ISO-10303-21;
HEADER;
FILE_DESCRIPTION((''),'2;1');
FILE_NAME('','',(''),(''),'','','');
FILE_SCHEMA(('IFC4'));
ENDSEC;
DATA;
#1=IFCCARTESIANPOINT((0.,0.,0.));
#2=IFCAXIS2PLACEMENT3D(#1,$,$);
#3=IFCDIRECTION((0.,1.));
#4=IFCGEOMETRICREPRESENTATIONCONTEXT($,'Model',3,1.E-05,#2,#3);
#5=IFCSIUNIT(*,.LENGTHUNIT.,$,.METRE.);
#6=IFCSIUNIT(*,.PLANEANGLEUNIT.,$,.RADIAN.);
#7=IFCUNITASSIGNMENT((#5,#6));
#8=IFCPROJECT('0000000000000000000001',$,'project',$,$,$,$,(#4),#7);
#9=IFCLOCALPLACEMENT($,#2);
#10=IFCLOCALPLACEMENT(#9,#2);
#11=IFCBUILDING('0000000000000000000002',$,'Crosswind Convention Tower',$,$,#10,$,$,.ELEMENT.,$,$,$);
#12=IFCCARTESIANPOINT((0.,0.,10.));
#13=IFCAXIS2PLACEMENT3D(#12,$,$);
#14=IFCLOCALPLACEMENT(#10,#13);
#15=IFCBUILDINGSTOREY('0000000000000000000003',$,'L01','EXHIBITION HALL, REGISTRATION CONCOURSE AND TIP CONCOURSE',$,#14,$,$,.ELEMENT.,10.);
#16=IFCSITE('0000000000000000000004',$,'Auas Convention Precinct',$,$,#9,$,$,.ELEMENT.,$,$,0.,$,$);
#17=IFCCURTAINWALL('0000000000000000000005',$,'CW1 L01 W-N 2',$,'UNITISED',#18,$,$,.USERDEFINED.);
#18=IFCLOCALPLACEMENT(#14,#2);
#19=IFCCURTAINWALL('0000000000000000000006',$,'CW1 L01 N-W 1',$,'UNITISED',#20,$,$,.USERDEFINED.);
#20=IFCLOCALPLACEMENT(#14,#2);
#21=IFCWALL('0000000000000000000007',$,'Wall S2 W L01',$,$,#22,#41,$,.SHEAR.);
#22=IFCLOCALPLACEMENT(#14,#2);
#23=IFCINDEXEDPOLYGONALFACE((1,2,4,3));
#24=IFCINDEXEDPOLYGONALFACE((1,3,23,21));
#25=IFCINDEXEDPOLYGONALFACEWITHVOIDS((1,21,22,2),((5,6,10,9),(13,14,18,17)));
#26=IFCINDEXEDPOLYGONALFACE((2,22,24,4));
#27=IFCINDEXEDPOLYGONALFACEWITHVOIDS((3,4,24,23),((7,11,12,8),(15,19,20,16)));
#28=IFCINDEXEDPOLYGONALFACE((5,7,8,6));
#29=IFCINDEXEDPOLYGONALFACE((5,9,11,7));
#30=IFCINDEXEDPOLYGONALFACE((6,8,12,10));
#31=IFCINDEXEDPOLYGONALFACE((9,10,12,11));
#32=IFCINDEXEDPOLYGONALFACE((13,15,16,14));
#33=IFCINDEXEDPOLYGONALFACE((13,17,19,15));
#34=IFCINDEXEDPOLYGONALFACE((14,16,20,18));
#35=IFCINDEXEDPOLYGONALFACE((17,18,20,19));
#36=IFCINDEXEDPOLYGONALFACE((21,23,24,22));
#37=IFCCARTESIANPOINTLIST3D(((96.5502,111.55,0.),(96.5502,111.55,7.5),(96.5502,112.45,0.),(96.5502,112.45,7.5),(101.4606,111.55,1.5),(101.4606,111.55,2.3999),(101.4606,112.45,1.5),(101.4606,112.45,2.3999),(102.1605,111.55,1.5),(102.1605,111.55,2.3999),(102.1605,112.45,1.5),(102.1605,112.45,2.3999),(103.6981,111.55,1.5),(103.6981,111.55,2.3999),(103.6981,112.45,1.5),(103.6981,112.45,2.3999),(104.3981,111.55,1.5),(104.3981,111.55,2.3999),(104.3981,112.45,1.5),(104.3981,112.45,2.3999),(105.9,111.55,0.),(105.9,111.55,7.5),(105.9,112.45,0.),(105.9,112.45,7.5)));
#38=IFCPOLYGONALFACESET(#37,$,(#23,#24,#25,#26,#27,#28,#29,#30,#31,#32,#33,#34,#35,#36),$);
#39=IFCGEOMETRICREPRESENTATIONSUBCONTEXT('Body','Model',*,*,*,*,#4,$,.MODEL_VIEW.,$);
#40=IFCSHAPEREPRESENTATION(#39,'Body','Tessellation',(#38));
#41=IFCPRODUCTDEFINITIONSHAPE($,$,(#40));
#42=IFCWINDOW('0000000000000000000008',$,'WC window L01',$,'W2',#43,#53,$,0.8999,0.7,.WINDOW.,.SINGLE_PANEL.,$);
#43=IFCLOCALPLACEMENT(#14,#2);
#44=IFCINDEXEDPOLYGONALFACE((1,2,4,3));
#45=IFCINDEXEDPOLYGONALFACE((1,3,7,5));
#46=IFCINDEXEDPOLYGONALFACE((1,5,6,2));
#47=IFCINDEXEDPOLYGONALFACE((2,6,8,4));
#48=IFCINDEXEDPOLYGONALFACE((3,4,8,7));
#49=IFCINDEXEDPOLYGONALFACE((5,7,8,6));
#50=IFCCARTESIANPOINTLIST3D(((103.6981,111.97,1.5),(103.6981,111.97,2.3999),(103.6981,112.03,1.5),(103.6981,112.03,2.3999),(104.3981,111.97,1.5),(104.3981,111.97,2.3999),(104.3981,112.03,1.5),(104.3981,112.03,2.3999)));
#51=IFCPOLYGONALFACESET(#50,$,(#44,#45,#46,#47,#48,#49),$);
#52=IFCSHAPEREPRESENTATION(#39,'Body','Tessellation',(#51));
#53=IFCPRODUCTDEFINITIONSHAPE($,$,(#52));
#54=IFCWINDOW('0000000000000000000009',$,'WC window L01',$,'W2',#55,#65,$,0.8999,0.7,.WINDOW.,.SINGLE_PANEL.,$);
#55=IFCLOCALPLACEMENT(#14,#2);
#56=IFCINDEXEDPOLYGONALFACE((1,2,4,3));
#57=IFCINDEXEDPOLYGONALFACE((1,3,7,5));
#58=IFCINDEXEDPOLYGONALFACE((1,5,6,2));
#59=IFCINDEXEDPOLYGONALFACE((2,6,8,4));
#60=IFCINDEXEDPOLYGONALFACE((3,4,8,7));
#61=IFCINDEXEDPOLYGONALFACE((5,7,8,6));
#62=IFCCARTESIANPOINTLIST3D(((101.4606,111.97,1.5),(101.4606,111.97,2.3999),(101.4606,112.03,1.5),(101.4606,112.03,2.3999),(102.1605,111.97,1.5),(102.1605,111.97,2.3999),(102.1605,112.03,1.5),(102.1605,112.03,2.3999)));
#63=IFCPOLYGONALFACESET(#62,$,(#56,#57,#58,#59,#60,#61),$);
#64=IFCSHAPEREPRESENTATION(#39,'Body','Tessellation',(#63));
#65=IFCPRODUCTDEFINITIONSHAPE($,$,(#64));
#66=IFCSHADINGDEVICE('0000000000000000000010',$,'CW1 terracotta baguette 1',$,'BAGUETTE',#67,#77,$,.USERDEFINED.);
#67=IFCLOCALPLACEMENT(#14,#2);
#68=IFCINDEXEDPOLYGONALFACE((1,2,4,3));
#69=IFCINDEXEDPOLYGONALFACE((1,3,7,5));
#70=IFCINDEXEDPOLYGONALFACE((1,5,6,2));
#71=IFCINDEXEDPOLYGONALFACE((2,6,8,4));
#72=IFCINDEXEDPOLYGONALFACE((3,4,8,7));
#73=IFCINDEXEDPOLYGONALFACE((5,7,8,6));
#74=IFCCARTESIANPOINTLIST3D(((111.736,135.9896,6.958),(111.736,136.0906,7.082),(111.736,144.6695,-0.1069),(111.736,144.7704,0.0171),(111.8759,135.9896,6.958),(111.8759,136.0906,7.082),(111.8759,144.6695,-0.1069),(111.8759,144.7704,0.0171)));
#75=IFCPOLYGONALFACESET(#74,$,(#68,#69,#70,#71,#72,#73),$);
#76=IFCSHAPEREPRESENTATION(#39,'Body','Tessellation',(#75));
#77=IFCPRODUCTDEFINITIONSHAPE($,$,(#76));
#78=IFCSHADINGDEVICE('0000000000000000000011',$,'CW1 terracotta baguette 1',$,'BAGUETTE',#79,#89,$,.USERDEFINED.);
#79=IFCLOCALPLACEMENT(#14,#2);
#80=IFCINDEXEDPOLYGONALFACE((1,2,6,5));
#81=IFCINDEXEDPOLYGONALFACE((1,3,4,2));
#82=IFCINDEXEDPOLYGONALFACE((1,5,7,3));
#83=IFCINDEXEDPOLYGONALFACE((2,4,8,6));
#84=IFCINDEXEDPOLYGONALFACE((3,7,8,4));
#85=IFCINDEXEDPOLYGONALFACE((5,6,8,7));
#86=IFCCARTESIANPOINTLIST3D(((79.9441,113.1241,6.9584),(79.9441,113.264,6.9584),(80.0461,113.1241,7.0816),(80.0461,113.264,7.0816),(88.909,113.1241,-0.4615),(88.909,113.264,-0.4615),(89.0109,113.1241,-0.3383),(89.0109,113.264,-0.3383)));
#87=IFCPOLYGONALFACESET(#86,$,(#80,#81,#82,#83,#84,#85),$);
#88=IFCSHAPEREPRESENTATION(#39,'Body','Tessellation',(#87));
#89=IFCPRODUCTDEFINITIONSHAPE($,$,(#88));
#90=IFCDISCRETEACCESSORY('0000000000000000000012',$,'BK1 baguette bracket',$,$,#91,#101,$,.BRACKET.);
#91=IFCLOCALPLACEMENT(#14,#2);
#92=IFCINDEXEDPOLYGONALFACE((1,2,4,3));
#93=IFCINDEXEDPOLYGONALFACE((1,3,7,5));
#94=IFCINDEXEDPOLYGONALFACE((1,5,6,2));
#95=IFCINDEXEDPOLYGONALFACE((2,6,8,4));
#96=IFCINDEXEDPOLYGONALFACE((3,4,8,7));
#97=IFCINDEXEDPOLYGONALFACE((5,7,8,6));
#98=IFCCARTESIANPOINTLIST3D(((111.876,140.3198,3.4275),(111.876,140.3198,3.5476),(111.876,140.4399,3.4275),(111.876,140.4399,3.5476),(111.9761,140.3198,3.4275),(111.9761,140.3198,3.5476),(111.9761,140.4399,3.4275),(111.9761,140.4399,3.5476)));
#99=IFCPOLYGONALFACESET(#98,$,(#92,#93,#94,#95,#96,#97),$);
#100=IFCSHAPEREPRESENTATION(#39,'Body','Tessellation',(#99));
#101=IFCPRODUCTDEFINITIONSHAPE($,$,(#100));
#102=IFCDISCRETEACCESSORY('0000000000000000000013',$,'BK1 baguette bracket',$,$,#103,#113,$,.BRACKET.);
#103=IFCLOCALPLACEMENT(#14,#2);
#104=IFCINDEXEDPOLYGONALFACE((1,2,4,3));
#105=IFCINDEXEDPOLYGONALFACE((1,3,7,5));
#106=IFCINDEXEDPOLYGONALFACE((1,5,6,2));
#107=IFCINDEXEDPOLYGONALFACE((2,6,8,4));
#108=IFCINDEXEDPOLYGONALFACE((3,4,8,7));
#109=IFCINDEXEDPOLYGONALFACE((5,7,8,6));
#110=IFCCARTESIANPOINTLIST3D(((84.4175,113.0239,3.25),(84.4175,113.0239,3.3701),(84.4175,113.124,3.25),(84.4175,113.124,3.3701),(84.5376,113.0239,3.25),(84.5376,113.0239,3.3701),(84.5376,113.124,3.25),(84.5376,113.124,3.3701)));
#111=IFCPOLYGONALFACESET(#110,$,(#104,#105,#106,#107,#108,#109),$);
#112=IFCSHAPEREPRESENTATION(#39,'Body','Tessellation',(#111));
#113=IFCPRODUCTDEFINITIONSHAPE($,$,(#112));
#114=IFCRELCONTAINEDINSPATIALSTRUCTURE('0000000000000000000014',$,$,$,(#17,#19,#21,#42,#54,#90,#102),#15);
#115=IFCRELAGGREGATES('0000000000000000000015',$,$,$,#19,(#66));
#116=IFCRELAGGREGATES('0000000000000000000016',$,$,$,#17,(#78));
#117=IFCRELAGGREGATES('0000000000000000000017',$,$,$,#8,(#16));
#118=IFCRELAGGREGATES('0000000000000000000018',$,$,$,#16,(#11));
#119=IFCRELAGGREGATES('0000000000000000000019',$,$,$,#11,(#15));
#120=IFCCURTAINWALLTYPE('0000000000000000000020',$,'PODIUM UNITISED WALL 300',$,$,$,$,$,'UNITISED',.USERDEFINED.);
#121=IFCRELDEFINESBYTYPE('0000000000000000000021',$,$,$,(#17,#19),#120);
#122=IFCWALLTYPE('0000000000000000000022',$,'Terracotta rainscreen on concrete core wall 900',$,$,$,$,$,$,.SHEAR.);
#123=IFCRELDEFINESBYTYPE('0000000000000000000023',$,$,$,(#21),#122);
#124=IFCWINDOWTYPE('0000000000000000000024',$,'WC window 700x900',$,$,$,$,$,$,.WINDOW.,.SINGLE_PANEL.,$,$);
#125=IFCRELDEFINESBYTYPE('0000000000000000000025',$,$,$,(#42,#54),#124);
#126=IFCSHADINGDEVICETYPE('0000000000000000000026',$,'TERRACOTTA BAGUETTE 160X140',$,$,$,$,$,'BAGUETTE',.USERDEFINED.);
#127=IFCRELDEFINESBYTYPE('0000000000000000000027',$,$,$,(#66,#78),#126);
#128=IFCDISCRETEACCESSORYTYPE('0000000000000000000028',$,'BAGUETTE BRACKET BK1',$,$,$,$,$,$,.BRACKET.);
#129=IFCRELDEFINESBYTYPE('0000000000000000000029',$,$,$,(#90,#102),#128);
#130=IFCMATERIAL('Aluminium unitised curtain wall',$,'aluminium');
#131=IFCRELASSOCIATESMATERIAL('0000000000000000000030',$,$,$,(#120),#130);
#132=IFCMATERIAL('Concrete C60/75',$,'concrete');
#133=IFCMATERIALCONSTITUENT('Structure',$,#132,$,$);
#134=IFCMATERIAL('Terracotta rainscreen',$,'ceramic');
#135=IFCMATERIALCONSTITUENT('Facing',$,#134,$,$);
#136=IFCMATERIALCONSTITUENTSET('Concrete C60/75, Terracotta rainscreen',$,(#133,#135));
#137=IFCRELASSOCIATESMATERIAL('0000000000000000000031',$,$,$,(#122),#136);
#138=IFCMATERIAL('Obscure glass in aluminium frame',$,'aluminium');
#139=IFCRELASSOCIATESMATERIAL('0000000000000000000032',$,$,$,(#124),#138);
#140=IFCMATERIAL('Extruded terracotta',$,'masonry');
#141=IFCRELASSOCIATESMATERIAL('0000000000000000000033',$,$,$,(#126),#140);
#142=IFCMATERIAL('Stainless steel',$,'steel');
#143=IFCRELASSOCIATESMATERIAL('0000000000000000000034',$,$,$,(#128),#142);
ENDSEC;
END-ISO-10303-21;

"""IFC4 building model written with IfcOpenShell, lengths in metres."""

from ifc_helpers import new_model, si_unit, direction, frame, frame_2d, origin, origin_2d, place, context, subcontext, project, spatial, rectangle, extrude, material, constituent, constituent_set, material_profile, profile_set, type_object, element, fill, aggregate, save


model = new_model("IFC4")

# Units and contexts
model_context = context("Model", 3, precision=1e-05, world=origin(), true_north=direction((0.0, 1.0)))
body_context = subcontext(model_context, "Body", "Model", "MODEL_VIEW")
ifc_project = project(units=[si_unit("LENGTHUNIT", "METRE"), si_unit("PLANEANGLEUNIT", "RADIAN")], contexts=[model_context])

# Site, building, storey
site_placement = place(None, origin())
site = spatial("IfcSite", under=ifc_project, at=site_placement, Name="Auas Convention Precinct", CompositionType="ELEMENT", RefElevation=0.0)
building_placement = place(site_placement, origin())
building = spatial("IfcBuilding", under=site, at=building_placement, Name="Crosswind Convention Tower", CompositionType="ELEMENT")
storey_placement = place(building_placement, frame((0.0, 0.0, 10.0)))
storey = spatial("IfcBuildingStorey", under=building, at=storey_placement, Name="L01", Description="EXHIBITION HALL, REGISTRATION CONCOURSE AND TIP CONCOURSE", CompositionType="ELEMENT", Elevation=10.0)

# Curtain wall
ifc_material_1 = material(Name="Aluminium unitised curtain wall", Category="aluminium")
curtain_wall_type_1 = type_object("IfcCurtainWallType", Name="PODIUM UNITISED WALL 300", ElementType="UNITISED", PredefinedType="USERDEFINED", material=ifc_material_1)
curtain_wall_1_placement = place(storey_placement, origin())
curtain_wall_1 = element("IfcCurtainWall", 1, at=curtain_wall_1_placement, inside=storey, type_object=curtain_wall_type_1, Name="CW1 L01 W-N 2", ObjectType="UNITISED", PredefinedType="USERDEFINED")

# Curtain wall
curtain_wall_2_placement = place(storey_placement, origin())
curtain_wall_2 = element("IfcCurtainWall", 2, at=curtain_wall_2_placement, inside=storey, type_object=curtain_wall_type_1, Name="CW1 L01 N-W 1", ObjectType="UNITISED", PredefinedType="USERDEFINED")

# Shared definitions
ifc_material_2 = material(Name="Terracotta rainscreen", Category="ceramic")

# Wall, openings, windows
ifc_material_3 = material(Name="Concrete C60/75", Category="concrete")
ifc_constituent_1 = constituent(ifc_material_3, Name="Structure")
ifc_constituent_2 = constituent(ifc_material_2, Name="Facing")
ifc_constituent_set = constituent_set(constituents=[ifc_constituent_1, ifc_constituent_2], Name="Concrete C60/75, Terracotta rainscreen")
wall_type_1 = type_object("IfcWallType", Name="Terracotta rainscreen on concrete core wall 900", PredefinedType="SHEAR", material=ifc_constituent_set)
wall_1_placement = place(storey_placement, frame((105.8999, 112.0, 0.0), z_axis=(0.0, 0.0, 1.0), x_axis=(-1.0, 0.0, 0.0)))
wall_1 = element("IfcWall", 3, at=wall_1_placement, inside=storey, type_object=wall_type_1, Name="Wall S2 W L01", PredefinedType="SHEAR", context=body_context, shape_type="SweptSolid", body=[
    extrude(rectangle(XDim=9.3499, YDim=0.8999, at=frame_2d((4.6748, 0.0))), origin(), (0.0, 0.0, 1.0), 7.5),
])
opening_1_placement = place(wall_1_placement, frame((1.5017, 0.0, 1.5)))
opening_1 = element("IfcOpeningElement", 4, at=opening_1_placement, cuts=wall_1, PredefinedType="OPENING", context=body_context, shape_type="SweptSolid", body=[
    extrude(rectangle(XDim=0.7, YDim=0.8999, at=frame_2d((0.3501, 0.45))), frame((0.0, 0.46, 0.0), z_axis=(0.0, -1.0, 0.0), x_axis=(1.0, 0.0, 0.0)), (0.0, 0.0, 1.0), 0.9199),
])
opening_2_placement = place(wall_1_placement, frame((3.7393, 0.0, 1.5)))
opening_2 = element("IfcOpeningElement", 5, at=opening_2_placement, cuts=wall_1, PredefinedType="OPENING", context=body_context, shape_type="SweptSolid", body=[
    extrude(rectangle(XDim=0.7, YDim=0.8999, at=frame_2d((0.3501, 0.45))), frame((0.0, 0.46, 0.0), z_axis=(0.0, -1.0, 0.0), x_axis=(1.0, 0.0, 0.0)), (0.0, 0.0, 1.0), 0.9199),
])
ifc_material_4 = material(Name="Obscure glass in aluminium frame", Category="aluminium")
window_type = type_object("IfcWindowType", Name="WC window 700x900", PartitioningType="SINGLE_PANEL", PredefinedType="WINDOW", material=ifc_material_4)
window_1_placement = place(opening_1_placement, origin())
window_1 = element("IfcWindow", 6, at=window_1_placement, inside=storey, type_object=window_type, Name="WC window L01", ObjectType="W2", OverallHeight=0.8999, OverallWidth=0.7, PartitioningType="SINGLE_PANEL", PredefinedType="WINDOW", context=body_context, shape_type="SweptSolid", body=[
    extrude(rectangle(XDim=0.7, YDim=0.8999, at=frame_2d((0.3501, 0.45))), frame((0.0, 0.03, 0.0), z_axis=(0.0, -1.0, 0.0), x_axis=(1.0, 0.0, 0.0)), (0.0, 0.0, 1.0), 0.0601),
])
fill(opening_1, window_1)
window_2_placement = place(opening_2_placement, origin())
window_2 = element("IfcWindow", 7, at=window_2_placement, inside=storey, type_object=window_type, Name="WC window L01", ObjectType="W2", OverallHeight=0.8999, OverallWidth=0.7, PartitioningType="SINGLE_PANEL", PredefinedType="WINDOW", context=body_context, shape_type="SweptSolid", body=[
    extrude(rectangle(XDim=0.7, YDim=0.8999, at=frame_2d((0.3501, 0.45))), frame((0.0, 0.03, 0.0), z_axis=(0.0, -1.0, 0.0), x_axis=(1.0, 0.0, 0.0)), (0.0, 0.0, 1.0), 0.0601),
])
fill(opening_2, window_2)

# Shading devices
ifc_material_5 = material(Name="Extruded terracotta", Category="masonry")
ifc_material_profile_1 = material_profile(ifc_material_5, rectangle(XDim=0.1399, YDim=0.1599, at=origin_2d()), Name="TC 140X160")
ifc_profile_set_1 = profile_set([ifc_material_profile_1], Name="Extruded terracotta")
shading_device_type = type_object("IfcShadingDeviceType", Name="TERRACOTTA BAGUETTE 160X140", ElementType="BAGUETTE", PredefinedType="USERDEFINED", material=ifc_profile_set_1)
shading_device_1_placement = place(storey_placement, frame((111.8059, 144.72, -0.0449), z_axis=(0.0, -0.775567, 0.631265), x_axis=(1.0, 0.0, 0.0)))
shading_device_1 = element("IfcShadingDevice", 8, at=shading_device_1_placement, type_object=shading_device_type, Name="CW1 terracotta baguette 1", ObjectType="BAGUETTE", PredefinedType="USERDEFINED", context=body_context, shape_type="SweptSolid", body=[
    extrude(rectangle(XDim=0.1399, YDim=0.1599, at=origin_2d()), origin(), (0.0, 0.0, 1.0), 11.1917),
])
aggregate(curtain_wall_2, [shading_device_1])
shading_device_2_placement = place(storey_placement, frame((88.96, 113.1941, -0.3999), z_axis=(-0.770363, 0.0, 0.637605), x_axis=(0.0, -1.0, 0.0)))
shading_device_2 = element("IfcShadingDevice", 9, at=shading_device_2_placement, type_object=shading_device_type, Name="CW1 terracotta baguette 1", ObjectType="BAGUETTE", PredefinedType="USERDEFINED", context=body_context, shape_type="SweptSolid", body=[
    extrude(rectangle(XDim=0.1399, YDim=0.1599, at=origin_2d()), origin(), (0.0, 0.0, 1.0), 11.6372),
])
aggregate(curtain_wall_1, [shading_device_2])

# Discrete accessories
ifc_material_6 = material(Name="Stainless steel", Category="steel")
discrete_accessory_type = type_object("IfcDiscreteAccessoryType", Name="BAGUETTE BRACKET BK1", PredefinedType="BRACKET", material=ifc_material_6)
for number, where, z_axis, x_axis, name in (
    (10, (111.926, 140.3799, 3.4275), (0.0, 0.0, 1.0), (0.0, -1.0, 0.0), "BK1 baguette bracket"),
    (11, (84.4775, 113.074, 3.25), (0.0, 0.0, 1.0), (-1.0, 0.0, 0.0), "BK1 baguette bracket"),
):
    element("IfcDiscreteAccessory", number, at=place(storey_placement, frame(where, z_axis=z_axis, x_axis=x_axis)), inside=storey, type_object=discrete_accessory_type, Name=name, PredefinedType="BRACKET", context=body_context, shape_type="SweptSolid", body=[
        extrude(rectangle(XDim=0.1201, YDim=0.1001, at=origin_2d()), origin(), (0.0, 0.0, 1.0), 0.1201),
    ])

save(model, "model.ifc")
